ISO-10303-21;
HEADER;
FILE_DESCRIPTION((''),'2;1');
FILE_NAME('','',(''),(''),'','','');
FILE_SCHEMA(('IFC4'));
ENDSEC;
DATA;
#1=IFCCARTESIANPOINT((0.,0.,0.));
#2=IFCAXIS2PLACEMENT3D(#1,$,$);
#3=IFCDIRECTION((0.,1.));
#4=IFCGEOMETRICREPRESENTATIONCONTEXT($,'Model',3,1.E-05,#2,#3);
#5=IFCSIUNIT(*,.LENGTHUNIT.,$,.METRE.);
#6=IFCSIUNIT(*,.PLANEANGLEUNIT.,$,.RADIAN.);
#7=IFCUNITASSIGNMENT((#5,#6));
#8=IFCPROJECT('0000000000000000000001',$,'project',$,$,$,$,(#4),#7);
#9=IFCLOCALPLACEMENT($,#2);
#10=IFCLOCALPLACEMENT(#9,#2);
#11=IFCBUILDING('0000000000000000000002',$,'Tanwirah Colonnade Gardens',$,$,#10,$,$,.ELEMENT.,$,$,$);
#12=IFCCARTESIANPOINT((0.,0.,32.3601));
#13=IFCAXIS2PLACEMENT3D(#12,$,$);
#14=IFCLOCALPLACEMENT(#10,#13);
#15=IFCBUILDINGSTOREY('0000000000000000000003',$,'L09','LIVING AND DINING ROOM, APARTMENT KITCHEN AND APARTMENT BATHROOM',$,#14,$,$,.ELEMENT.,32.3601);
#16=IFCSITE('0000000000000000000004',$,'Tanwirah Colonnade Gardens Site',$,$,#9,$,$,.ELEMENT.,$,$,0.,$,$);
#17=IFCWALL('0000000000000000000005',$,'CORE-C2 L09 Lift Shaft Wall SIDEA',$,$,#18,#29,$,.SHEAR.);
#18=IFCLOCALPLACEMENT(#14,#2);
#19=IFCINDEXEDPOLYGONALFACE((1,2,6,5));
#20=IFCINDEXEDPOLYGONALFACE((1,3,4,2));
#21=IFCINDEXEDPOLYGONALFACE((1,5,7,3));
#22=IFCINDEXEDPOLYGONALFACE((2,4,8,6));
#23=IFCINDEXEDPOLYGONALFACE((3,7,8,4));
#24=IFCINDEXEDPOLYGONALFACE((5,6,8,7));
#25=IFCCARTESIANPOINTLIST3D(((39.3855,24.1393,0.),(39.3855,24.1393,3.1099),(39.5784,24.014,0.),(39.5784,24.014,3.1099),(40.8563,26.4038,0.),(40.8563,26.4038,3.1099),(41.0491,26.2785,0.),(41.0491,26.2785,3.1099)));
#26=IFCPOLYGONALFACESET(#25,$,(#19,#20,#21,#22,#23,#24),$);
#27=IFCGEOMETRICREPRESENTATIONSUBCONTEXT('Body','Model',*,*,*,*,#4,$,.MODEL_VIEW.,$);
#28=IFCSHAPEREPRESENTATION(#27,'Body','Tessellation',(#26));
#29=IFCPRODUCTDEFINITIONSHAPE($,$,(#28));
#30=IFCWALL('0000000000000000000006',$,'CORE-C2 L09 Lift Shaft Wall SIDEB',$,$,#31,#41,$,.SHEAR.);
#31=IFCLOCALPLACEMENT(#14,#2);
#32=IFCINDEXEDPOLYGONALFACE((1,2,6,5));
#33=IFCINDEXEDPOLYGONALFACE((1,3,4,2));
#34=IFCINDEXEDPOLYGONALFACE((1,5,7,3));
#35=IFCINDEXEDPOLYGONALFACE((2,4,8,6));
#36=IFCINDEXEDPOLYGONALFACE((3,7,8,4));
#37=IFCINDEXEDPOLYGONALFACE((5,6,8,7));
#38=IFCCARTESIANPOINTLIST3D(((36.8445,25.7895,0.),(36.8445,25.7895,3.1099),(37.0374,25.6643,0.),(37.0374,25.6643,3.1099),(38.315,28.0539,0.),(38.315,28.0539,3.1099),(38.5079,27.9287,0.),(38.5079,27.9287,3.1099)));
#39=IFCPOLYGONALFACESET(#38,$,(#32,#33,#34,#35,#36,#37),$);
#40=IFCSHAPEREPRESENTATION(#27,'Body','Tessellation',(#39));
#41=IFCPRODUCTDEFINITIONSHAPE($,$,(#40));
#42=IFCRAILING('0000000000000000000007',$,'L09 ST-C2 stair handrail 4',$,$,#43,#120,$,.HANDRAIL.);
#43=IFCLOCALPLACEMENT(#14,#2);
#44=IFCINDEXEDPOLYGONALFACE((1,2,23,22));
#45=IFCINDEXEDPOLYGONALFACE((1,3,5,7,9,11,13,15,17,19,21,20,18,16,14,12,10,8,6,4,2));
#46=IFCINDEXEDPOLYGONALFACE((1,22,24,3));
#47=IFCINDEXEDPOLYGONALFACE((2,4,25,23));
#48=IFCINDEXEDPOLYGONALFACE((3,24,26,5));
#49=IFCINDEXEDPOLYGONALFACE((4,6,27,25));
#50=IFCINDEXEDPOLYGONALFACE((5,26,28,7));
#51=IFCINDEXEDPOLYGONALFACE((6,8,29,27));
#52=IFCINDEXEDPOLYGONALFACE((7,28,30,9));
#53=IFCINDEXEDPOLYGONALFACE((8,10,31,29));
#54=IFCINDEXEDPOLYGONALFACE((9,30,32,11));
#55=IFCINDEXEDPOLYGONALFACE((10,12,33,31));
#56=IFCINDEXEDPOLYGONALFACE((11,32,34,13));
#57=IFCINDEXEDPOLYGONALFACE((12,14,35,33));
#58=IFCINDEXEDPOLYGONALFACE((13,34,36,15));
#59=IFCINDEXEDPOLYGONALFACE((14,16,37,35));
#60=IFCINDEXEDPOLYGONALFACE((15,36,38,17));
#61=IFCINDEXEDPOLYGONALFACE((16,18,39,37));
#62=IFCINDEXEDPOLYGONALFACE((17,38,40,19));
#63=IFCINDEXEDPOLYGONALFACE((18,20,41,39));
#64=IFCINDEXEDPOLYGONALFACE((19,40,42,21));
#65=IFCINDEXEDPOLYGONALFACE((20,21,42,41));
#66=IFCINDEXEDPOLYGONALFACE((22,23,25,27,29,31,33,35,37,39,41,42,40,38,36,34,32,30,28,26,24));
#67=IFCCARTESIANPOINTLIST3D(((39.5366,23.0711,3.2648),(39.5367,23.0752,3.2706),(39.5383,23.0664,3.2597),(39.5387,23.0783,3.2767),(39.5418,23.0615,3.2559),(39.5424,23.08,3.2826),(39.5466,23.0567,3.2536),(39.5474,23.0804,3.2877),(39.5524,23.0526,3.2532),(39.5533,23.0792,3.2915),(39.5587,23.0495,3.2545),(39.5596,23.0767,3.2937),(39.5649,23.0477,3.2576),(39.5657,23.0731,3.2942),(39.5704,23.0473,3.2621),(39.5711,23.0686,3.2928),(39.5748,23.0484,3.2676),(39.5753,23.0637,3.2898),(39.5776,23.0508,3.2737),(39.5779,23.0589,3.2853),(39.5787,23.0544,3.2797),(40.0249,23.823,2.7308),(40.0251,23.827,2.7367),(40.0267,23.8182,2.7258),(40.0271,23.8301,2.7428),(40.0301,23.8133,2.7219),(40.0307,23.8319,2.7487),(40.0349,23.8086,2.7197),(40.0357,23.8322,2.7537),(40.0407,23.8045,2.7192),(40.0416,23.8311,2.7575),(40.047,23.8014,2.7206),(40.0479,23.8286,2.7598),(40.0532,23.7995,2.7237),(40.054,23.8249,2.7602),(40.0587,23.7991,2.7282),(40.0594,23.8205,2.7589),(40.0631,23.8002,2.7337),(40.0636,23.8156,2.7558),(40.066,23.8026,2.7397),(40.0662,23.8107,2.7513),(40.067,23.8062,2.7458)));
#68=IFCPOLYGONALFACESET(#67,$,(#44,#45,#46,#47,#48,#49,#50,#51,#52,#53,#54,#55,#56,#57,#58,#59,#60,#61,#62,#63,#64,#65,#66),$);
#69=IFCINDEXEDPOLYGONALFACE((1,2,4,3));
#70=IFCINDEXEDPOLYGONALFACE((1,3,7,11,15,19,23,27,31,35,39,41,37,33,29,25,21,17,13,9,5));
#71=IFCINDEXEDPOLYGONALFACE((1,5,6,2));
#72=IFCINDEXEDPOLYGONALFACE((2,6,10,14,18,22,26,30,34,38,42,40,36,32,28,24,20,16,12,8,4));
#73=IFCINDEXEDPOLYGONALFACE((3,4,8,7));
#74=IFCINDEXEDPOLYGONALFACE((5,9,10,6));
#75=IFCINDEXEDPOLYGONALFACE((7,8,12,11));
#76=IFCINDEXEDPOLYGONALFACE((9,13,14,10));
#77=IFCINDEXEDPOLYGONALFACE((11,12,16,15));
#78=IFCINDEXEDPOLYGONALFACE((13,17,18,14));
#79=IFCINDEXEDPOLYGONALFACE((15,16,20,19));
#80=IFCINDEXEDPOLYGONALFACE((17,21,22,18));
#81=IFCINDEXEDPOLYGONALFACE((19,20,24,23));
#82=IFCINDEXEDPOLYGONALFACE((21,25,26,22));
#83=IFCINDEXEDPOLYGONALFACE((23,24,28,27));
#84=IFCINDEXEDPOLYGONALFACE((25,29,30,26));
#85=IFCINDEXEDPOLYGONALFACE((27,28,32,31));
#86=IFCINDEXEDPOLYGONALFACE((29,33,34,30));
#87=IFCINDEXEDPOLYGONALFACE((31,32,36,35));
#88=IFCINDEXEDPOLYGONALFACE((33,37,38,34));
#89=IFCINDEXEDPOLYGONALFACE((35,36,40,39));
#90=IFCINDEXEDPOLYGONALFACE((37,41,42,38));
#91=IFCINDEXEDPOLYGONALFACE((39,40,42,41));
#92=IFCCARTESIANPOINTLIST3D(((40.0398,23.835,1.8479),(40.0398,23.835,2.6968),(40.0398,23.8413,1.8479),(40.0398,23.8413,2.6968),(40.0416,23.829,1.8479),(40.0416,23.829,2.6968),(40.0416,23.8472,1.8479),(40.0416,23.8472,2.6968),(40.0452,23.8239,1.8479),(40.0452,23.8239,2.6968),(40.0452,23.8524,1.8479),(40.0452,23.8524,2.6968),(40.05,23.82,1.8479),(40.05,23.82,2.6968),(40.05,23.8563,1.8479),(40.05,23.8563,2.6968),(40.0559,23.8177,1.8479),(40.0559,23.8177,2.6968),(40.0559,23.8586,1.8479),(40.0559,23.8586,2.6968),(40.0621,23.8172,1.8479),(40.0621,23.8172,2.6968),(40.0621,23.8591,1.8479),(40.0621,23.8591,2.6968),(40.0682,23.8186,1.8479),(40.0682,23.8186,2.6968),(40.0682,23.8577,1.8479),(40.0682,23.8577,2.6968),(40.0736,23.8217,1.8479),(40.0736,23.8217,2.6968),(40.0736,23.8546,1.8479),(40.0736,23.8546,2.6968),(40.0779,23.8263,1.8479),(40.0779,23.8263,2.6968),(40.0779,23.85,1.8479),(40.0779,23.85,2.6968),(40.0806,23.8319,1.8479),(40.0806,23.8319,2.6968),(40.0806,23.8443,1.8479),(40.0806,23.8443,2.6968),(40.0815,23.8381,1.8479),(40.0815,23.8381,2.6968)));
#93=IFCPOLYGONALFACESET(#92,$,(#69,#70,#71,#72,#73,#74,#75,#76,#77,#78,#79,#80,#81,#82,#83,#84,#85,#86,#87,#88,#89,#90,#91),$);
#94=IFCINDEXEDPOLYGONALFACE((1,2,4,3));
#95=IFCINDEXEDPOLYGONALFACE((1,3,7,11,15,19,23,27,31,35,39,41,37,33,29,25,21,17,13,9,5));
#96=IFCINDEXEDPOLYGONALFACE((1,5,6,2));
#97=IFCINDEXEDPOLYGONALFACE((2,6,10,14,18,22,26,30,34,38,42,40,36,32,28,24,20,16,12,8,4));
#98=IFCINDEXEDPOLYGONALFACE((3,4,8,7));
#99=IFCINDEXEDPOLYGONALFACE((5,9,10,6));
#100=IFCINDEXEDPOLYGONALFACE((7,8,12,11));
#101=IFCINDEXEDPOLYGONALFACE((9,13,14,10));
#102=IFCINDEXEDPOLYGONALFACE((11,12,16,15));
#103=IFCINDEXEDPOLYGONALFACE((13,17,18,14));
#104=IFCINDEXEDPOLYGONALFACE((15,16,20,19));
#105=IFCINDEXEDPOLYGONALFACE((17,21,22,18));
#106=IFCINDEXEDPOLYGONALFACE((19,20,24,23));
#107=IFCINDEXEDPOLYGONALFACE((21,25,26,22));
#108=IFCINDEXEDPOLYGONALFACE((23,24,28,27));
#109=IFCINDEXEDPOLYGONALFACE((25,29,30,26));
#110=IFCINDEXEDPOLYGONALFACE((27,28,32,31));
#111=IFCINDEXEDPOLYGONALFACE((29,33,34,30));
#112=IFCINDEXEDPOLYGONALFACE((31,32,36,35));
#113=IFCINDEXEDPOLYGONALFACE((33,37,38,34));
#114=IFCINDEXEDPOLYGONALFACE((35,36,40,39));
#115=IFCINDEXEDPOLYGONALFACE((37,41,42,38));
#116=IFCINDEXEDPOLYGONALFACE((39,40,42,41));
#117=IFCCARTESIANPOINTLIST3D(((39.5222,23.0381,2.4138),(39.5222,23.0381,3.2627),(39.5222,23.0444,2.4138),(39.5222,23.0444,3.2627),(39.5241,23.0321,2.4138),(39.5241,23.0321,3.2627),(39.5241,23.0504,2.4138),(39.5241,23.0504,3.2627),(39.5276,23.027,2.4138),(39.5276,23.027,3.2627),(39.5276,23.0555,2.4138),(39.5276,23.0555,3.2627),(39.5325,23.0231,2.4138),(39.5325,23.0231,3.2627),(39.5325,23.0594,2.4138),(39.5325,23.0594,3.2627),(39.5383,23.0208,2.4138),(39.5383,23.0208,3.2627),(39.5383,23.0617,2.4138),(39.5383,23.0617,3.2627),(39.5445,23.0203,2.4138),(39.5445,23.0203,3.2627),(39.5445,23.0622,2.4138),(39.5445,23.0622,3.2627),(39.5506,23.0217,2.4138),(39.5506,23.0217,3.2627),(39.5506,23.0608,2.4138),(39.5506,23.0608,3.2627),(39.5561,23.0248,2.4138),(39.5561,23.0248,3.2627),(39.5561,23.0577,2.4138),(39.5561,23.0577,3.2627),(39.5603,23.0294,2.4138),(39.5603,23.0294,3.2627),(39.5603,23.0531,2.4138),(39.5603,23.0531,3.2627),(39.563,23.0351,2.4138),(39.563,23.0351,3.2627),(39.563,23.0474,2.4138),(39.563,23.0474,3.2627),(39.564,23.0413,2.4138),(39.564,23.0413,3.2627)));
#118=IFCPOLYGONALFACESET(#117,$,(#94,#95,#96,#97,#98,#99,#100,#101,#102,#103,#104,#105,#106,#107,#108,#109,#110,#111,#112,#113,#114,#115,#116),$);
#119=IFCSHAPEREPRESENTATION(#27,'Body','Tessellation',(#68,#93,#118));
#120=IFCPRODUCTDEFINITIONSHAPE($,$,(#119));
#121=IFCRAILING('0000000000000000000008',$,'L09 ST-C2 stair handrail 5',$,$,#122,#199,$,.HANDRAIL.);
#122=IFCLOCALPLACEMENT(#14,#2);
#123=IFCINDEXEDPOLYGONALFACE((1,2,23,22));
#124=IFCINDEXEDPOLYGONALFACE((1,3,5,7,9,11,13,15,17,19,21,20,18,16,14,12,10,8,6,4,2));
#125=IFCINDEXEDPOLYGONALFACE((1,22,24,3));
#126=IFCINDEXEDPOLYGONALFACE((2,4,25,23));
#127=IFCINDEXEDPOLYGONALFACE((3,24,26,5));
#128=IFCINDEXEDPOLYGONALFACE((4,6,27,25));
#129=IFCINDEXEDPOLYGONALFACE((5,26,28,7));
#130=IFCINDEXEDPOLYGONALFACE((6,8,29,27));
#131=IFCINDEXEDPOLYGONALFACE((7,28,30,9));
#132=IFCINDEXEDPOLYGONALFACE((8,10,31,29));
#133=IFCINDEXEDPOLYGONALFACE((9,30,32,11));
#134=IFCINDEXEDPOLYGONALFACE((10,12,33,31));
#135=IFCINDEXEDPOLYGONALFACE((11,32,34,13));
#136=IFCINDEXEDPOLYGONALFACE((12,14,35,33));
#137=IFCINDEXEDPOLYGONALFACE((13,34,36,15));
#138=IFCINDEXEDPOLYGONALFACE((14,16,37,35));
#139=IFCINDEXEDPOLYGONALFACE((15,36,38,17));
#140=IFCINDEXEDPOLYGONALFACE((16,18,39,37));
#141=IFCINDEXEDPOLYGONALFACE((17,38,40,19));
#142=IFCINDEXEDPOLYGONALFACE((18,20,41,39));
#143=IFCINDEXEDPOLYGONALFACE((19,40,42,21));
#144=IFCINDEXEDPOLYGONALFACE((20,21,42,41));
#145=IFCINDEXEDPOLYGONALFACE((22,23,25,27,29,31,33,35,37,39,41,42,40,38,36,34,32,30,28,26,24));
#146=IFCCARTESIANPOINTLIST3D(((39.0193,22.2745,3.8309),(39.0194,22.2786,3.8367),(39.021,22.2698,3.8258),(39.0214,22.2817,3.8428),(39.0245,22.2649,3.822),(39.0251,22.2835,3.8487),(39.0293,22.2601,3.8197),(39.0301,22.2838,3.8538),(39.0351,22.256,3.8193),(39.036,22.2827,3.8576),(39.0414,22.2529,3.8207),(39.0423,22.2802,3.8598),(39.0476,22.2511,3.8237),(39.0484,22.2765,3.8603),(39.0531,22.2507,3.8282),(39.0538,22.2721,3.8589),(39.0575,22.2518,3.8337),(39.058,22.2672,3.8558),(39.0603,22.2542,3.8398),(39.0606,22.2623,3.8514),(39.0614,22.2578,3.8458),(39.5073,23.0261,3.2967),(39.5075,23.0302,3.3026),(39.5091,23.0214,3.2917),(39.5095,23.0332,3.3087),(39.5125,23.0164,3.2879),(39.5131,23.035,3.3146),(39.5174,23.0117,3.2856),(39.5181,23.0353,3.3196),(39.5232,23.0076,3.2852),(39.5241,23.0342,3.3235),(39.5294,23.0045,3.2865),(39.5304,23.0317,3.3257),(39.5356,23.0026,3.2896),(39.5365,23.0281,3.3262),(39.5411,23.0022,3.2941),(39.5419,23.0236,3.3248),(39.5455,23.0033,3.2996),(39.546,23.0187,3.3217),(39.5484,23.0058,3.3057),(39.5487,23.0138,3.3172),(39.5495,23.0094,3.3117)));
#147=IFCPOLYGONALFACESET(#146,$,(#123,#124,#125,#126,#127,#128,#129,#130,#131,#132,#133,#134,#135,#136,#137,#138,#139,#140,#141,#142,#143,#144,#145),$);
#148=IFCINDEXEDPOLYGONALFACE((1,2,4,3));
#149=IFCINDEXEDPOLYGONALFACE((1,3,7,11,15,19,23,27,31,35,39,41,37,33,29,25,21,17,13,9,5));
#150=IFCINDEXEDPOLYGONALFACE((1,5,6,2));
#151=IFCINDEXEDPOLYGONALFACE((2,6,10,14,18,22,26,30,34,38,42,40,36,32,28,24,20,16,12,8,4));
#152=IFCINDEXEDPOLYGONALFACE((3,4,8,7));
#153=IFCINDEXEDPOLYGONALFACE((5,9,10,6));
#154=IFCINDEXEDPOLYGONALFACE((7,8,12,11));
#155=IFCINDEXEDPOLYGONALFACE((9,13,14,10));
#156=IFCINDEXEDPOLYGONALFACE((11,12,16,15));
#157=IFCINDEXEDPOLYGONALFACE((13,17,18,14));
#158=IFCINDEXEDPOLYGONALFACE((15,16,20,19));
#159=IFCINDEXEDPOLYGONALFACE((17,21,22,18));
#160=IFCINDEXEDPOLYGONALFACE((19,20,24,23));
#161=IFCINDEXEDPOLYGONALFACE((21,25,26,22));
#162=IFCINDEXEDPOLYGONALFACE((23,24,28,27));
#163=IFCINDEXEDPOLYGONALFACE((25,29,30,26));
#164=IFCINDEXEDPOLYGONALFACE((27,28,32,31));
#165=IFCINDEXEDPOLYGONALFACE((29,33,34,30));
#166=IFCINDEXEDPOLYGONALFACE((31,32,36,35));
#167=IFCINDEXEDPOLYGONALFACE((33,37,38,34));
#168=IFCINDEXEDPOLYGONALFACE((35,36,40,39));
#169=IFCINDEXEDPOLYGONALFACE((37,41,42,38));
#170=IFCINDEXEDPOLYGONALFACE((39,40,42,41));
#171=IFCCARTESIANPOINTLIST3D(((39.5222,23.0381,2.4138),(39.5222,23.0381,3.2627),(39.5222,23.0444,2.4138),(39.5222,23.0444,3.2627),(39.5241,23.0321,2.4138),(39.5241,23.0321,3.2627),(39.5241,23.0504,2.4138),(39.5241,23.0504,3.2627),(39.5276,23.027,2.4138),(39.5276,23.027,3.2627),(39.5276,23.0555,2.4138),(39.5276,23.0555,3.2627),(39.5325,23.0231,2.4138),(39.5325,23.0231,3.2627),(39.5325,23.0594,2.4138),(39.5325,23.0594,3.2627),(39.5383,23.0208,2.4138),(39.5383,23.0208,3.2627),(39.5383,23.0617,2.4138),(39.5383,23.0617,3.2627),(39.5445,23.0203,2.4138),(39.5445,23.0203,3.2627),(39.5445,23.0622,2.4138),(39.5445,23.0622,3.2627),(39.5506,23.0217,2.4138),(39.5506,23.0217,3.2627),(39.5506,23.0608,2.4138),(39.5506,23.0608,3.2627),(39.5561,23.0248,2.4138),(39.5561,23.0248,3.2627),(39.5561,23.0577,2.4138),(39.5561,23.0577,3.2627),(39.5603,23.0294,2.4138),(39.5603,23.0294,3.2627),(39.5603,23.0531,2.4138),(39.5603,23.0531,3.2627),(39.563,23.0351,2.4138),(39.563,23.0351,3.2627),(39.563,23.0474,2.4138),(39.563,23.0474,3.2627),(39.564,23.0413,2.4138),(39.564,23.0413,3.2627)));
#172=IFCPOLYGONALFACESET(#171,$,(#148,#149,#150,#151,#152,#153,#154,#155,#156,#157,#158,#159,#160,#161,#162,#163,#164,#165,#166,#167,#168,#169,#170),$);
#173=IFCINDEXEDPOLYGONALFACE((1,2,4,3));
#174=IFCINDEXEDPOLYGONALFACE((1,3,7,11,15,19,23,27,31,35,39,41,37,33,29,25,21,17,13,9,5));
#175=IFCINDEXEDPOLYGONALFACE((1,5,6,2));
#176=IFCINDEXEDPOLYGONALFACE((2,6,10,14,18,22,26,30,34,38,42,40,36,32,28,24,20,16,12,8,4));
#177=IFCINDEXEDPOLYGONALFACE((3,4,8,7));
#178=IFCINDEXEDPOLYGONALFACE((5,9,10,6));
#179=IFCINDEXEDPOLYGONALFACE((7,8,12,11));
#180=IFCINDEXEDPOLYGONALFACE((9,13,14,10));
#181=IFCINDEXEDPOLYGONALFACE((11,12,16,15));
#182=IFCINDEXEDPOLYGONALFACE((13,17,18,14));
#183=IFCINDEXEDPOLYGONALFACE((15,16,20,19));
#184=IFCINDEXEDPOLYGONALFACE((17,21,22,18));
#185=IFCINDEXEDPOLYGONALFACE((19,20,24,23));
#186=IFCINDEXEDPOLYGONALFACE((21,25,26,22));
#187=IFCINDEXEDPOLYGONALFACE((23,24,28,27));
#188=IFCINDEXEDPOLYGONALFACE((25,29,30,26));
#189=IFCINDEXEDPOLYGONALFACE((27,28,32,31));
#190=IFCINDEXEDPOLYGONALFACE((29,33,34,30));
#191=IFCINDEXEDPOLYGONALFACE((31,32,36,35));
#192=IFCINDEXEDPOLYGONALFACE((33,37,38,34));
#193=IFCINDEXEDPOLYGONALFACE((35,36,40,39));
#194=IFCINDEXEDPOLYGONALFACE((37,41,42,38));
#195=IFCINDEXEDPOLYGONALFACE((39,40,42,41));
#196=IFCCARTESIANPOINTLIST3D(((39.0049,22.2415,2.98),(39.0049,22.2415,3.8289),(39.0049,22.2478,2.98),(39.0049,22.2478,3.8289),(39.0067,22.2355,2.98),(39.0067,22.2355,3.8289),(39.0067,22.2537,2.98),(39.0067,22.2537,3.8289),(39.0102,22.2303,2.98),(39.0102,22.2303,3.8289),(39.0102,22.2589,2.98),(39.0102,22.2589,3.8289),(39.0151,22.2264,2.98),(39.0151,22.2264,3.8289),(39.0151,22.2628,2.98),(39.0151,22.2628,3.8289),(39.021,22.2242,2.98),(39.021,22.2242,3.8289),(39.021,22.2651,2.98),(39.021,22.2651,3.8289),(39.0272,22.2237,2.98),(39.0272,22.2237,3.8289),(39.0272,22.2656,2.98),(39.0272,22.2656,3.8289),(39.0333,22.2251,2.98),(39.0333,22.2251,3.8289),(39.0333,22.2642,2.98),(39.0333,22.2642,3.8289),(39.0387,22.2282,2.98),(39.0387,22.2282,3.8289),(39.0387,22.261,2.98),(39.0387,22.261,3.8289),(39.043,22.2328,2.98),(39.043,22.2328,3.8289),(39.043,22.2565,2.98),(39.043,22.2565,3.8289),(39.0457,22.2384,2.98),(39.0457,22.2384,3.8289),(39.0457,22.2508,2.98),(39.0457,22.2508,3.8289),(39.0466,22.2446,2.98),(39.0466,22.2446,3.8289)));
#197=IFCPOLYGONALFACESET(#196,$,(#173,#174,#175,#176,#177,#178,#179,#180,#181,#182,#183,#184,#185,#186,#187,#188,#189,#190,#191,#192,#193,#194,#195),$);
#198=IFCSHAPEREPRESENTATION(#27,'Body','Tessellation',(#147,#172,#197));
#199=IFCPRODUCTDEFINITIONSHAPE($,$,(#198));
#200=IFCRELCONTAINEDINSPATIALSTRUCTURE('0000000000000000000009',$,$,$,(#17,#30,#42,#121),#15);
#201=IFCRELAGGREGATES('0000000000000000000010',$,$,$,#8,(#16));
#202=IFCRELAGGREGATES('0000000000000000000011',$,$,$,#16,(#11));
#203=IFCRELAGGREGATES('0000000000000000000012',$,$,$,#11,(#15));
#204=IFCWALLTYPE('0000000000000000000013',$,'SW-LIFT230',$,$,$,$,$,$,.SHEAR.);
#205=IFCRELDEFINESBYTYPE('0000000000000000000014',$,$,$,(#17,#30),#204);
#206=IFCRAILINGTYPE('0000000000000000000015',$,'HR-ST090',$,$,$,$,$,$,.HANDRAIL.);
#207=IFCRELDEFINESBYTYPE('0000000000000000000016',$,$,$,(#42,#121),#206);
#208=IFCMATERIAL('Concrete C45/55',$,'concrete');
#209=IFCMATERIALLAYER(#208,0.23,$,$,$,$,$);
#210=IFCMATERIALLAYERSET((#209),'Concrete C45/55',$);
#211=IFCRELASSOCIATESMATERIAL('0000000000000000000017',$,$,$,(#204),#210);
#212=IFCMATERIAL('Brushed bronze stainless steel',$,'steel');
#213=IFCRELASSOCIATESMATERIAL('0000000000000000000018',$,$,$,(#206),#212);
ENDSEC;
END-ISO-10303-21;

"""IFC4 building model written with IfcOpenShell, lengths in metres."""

from ifc_helpers import new_model, si_unit, direction, frame, frame_2d, origin, origin_2d, place, context, subcontext, project, spatial, rectangle, circle, extrude, material, layer, layer_set, type_object, element, save


model = new_model("IFC4")

# Units and contexts
model_context = context("Model", 3, precision=1e-05, world=origin(), true_north=direction((0.0, 1.0)))
body_context = subcontext(model_context, "Body", "Model", "MODEL_VIEW")
ifc_project = project(units=[si_unit("LENGTHUNIT", "METRE"), si_unit("PLANEANGLEUNIT", "RADIAN")], contexts=[model_context])

# Site, building, storey
site_placement = place(None, origin())
site = spatial("IfcSite", under=ifc_project, at=site_placement, Name="Tanwirah Colonnade Gardens Site", CompositionType="ELEMENT", RefElevation=0.0)
building_placement = place(site_placement, origin())
building = spatial("IfcBuilding", under=site, at=building_placement, Name="Tanwirah Colonnade Gardens", CompositionType="ELEMENT")
storey_placement = place(building_placement, frame((0.0, 0.0, 32.3601)))
storey = spatial("IfcBuildingStorey", under=building, at=storey_placement, Name="L09", Description="LIVING AND DINING ROOM, APARTMENT KITCHEN AND APARTMENT BATHROOM", CompositionType="ELEMENT", Elevation=32.3601)

# Shared definitions
ifc_material_1 = material(Name="Concrete C45/55", Category="concrete")
ifc_layer_1 = layer(ifc_material_1, 0.23)
ifc_layer_set_1 = layer_set([ifc_layer_1], Name="Concrete C45/55")
wall_type_1 = type_object("IfcWallType", Name="SW-LIFT230", PredefinedType="SHEAR", material=ifc_layer_set_1)

# Walls
wall_1_placement = place(storey_placement, frame((39.4819, 24.0767, 0.0), z_axis=(0.0, 0.0, 1.0), x_axis=(0.544686, 0.83864, 0.0)))
element("IfcWall", 1, at=wall_1_placement, inside=storey, type_object=wall_type_1, Name="CORE-C2 L09 Lift Shaft Wall SIDEA", PredefinedType="SHEAR", context=body_context, shape_type="SweptSolid", body=[
    extrude(rectangle(XDim=2.7002, YDim=0.23, at=frame_2d((1.3501, 0.0))), origin(), (0.0, 0.0, 1.0), 3.1099),
])
wall_2_placement = place(storey_placement, frame((36.9409, 25.7268, 0.0), z_axis=(0.0, 0.0, 1.0), x_axis=(0.544623, 0.838681, 0.0)))
element("IfcWall", 2, at=wall_2_placement, inside=storey, type_object=wall_type_1, Name="CORE-C2 L09 Lift Shaft Wall SIDEB", PredefinedType="SHEAR", context=body_context, shape_type="SweptSolid", body=[
    extrude(rectangle(XDim=2.7, YDim=0.23, at=frame_2d((1.3501, 0.0))), origin(), (0.0, 0.0, 1.0), 3.1099),
])

# Railings
ifc_material_2 = material(Name="Brushed bronze stainless steel", Category="steel")
railing_type = type_object("IfcRailingType", Name="HR-ST090", PredefinedType="HANDRAIL", material=ifc_material_2)
railing_1_placement = place(storey_placement, frame((40.0605, 23.8381, 1.8479)))
element("IfcRailing", 3, at=railing_1_placement, inside=storey, type_object=railing_type, Name="L09 ST-C2 stair handrail 4", PredefinedType="HANDRAIL", context=body_context, shape_type="SweptSolid", body=[
    extrude(circle(Radius=0.0239, at=origin_2d()), frame((-0.0146, -0.0225, 0.8918), z_axis=(-0.467988, -0.720524, 0.511696), x_axis=(0.838631, -0.544699, 0.0)), (0.0, 0.0, 1.0), 1.0435),
    extrude(circle(Radius=0.021, at=origin_2d()), origin(), (0.0, 0.0, 1.0), 0.8489),
    extrude(circle(Radius=0.021, at=origin_2d()), frame((-0.5176, -0.7969, 0.5659)), (0.0, 0.0, 1.0), 0.8489),
])
railing_2_placement = place(storey_placement, frame((39.543, 23.0413, 2.4138)))
element("IfcRailing", 4, at=railing_2_placement, inside=storey, type_object=railing_type, Name="L09 ST-C2 stair handrail 5", PredefinedType="HANDRAIL", context=body_context, shape_type="SweptSolid", body=[
    extrude(circle(Radius=0.0239, at=origin_2d()), frame((-0.0146, -0.0225, 0.8918), z_axis=(-0.467837, -0.720411, 0.511993), x_axis=(0.838673, -0.544636, 0.0)), (0.0, 0.0, 1.0), 1.0432),
    extrude(circle(Radius=0.021, at=origin_2d()), origin(), (0.0, 0.0, 1.0), 0.8489),
    extrude(circle(Radius=0.021, at=origin_2d()), frame((-0.5173, -0.7966, 0.5662)), (0.0, 0.0, 1.0), 0.8489),
])

save(model, "model.ifc")
